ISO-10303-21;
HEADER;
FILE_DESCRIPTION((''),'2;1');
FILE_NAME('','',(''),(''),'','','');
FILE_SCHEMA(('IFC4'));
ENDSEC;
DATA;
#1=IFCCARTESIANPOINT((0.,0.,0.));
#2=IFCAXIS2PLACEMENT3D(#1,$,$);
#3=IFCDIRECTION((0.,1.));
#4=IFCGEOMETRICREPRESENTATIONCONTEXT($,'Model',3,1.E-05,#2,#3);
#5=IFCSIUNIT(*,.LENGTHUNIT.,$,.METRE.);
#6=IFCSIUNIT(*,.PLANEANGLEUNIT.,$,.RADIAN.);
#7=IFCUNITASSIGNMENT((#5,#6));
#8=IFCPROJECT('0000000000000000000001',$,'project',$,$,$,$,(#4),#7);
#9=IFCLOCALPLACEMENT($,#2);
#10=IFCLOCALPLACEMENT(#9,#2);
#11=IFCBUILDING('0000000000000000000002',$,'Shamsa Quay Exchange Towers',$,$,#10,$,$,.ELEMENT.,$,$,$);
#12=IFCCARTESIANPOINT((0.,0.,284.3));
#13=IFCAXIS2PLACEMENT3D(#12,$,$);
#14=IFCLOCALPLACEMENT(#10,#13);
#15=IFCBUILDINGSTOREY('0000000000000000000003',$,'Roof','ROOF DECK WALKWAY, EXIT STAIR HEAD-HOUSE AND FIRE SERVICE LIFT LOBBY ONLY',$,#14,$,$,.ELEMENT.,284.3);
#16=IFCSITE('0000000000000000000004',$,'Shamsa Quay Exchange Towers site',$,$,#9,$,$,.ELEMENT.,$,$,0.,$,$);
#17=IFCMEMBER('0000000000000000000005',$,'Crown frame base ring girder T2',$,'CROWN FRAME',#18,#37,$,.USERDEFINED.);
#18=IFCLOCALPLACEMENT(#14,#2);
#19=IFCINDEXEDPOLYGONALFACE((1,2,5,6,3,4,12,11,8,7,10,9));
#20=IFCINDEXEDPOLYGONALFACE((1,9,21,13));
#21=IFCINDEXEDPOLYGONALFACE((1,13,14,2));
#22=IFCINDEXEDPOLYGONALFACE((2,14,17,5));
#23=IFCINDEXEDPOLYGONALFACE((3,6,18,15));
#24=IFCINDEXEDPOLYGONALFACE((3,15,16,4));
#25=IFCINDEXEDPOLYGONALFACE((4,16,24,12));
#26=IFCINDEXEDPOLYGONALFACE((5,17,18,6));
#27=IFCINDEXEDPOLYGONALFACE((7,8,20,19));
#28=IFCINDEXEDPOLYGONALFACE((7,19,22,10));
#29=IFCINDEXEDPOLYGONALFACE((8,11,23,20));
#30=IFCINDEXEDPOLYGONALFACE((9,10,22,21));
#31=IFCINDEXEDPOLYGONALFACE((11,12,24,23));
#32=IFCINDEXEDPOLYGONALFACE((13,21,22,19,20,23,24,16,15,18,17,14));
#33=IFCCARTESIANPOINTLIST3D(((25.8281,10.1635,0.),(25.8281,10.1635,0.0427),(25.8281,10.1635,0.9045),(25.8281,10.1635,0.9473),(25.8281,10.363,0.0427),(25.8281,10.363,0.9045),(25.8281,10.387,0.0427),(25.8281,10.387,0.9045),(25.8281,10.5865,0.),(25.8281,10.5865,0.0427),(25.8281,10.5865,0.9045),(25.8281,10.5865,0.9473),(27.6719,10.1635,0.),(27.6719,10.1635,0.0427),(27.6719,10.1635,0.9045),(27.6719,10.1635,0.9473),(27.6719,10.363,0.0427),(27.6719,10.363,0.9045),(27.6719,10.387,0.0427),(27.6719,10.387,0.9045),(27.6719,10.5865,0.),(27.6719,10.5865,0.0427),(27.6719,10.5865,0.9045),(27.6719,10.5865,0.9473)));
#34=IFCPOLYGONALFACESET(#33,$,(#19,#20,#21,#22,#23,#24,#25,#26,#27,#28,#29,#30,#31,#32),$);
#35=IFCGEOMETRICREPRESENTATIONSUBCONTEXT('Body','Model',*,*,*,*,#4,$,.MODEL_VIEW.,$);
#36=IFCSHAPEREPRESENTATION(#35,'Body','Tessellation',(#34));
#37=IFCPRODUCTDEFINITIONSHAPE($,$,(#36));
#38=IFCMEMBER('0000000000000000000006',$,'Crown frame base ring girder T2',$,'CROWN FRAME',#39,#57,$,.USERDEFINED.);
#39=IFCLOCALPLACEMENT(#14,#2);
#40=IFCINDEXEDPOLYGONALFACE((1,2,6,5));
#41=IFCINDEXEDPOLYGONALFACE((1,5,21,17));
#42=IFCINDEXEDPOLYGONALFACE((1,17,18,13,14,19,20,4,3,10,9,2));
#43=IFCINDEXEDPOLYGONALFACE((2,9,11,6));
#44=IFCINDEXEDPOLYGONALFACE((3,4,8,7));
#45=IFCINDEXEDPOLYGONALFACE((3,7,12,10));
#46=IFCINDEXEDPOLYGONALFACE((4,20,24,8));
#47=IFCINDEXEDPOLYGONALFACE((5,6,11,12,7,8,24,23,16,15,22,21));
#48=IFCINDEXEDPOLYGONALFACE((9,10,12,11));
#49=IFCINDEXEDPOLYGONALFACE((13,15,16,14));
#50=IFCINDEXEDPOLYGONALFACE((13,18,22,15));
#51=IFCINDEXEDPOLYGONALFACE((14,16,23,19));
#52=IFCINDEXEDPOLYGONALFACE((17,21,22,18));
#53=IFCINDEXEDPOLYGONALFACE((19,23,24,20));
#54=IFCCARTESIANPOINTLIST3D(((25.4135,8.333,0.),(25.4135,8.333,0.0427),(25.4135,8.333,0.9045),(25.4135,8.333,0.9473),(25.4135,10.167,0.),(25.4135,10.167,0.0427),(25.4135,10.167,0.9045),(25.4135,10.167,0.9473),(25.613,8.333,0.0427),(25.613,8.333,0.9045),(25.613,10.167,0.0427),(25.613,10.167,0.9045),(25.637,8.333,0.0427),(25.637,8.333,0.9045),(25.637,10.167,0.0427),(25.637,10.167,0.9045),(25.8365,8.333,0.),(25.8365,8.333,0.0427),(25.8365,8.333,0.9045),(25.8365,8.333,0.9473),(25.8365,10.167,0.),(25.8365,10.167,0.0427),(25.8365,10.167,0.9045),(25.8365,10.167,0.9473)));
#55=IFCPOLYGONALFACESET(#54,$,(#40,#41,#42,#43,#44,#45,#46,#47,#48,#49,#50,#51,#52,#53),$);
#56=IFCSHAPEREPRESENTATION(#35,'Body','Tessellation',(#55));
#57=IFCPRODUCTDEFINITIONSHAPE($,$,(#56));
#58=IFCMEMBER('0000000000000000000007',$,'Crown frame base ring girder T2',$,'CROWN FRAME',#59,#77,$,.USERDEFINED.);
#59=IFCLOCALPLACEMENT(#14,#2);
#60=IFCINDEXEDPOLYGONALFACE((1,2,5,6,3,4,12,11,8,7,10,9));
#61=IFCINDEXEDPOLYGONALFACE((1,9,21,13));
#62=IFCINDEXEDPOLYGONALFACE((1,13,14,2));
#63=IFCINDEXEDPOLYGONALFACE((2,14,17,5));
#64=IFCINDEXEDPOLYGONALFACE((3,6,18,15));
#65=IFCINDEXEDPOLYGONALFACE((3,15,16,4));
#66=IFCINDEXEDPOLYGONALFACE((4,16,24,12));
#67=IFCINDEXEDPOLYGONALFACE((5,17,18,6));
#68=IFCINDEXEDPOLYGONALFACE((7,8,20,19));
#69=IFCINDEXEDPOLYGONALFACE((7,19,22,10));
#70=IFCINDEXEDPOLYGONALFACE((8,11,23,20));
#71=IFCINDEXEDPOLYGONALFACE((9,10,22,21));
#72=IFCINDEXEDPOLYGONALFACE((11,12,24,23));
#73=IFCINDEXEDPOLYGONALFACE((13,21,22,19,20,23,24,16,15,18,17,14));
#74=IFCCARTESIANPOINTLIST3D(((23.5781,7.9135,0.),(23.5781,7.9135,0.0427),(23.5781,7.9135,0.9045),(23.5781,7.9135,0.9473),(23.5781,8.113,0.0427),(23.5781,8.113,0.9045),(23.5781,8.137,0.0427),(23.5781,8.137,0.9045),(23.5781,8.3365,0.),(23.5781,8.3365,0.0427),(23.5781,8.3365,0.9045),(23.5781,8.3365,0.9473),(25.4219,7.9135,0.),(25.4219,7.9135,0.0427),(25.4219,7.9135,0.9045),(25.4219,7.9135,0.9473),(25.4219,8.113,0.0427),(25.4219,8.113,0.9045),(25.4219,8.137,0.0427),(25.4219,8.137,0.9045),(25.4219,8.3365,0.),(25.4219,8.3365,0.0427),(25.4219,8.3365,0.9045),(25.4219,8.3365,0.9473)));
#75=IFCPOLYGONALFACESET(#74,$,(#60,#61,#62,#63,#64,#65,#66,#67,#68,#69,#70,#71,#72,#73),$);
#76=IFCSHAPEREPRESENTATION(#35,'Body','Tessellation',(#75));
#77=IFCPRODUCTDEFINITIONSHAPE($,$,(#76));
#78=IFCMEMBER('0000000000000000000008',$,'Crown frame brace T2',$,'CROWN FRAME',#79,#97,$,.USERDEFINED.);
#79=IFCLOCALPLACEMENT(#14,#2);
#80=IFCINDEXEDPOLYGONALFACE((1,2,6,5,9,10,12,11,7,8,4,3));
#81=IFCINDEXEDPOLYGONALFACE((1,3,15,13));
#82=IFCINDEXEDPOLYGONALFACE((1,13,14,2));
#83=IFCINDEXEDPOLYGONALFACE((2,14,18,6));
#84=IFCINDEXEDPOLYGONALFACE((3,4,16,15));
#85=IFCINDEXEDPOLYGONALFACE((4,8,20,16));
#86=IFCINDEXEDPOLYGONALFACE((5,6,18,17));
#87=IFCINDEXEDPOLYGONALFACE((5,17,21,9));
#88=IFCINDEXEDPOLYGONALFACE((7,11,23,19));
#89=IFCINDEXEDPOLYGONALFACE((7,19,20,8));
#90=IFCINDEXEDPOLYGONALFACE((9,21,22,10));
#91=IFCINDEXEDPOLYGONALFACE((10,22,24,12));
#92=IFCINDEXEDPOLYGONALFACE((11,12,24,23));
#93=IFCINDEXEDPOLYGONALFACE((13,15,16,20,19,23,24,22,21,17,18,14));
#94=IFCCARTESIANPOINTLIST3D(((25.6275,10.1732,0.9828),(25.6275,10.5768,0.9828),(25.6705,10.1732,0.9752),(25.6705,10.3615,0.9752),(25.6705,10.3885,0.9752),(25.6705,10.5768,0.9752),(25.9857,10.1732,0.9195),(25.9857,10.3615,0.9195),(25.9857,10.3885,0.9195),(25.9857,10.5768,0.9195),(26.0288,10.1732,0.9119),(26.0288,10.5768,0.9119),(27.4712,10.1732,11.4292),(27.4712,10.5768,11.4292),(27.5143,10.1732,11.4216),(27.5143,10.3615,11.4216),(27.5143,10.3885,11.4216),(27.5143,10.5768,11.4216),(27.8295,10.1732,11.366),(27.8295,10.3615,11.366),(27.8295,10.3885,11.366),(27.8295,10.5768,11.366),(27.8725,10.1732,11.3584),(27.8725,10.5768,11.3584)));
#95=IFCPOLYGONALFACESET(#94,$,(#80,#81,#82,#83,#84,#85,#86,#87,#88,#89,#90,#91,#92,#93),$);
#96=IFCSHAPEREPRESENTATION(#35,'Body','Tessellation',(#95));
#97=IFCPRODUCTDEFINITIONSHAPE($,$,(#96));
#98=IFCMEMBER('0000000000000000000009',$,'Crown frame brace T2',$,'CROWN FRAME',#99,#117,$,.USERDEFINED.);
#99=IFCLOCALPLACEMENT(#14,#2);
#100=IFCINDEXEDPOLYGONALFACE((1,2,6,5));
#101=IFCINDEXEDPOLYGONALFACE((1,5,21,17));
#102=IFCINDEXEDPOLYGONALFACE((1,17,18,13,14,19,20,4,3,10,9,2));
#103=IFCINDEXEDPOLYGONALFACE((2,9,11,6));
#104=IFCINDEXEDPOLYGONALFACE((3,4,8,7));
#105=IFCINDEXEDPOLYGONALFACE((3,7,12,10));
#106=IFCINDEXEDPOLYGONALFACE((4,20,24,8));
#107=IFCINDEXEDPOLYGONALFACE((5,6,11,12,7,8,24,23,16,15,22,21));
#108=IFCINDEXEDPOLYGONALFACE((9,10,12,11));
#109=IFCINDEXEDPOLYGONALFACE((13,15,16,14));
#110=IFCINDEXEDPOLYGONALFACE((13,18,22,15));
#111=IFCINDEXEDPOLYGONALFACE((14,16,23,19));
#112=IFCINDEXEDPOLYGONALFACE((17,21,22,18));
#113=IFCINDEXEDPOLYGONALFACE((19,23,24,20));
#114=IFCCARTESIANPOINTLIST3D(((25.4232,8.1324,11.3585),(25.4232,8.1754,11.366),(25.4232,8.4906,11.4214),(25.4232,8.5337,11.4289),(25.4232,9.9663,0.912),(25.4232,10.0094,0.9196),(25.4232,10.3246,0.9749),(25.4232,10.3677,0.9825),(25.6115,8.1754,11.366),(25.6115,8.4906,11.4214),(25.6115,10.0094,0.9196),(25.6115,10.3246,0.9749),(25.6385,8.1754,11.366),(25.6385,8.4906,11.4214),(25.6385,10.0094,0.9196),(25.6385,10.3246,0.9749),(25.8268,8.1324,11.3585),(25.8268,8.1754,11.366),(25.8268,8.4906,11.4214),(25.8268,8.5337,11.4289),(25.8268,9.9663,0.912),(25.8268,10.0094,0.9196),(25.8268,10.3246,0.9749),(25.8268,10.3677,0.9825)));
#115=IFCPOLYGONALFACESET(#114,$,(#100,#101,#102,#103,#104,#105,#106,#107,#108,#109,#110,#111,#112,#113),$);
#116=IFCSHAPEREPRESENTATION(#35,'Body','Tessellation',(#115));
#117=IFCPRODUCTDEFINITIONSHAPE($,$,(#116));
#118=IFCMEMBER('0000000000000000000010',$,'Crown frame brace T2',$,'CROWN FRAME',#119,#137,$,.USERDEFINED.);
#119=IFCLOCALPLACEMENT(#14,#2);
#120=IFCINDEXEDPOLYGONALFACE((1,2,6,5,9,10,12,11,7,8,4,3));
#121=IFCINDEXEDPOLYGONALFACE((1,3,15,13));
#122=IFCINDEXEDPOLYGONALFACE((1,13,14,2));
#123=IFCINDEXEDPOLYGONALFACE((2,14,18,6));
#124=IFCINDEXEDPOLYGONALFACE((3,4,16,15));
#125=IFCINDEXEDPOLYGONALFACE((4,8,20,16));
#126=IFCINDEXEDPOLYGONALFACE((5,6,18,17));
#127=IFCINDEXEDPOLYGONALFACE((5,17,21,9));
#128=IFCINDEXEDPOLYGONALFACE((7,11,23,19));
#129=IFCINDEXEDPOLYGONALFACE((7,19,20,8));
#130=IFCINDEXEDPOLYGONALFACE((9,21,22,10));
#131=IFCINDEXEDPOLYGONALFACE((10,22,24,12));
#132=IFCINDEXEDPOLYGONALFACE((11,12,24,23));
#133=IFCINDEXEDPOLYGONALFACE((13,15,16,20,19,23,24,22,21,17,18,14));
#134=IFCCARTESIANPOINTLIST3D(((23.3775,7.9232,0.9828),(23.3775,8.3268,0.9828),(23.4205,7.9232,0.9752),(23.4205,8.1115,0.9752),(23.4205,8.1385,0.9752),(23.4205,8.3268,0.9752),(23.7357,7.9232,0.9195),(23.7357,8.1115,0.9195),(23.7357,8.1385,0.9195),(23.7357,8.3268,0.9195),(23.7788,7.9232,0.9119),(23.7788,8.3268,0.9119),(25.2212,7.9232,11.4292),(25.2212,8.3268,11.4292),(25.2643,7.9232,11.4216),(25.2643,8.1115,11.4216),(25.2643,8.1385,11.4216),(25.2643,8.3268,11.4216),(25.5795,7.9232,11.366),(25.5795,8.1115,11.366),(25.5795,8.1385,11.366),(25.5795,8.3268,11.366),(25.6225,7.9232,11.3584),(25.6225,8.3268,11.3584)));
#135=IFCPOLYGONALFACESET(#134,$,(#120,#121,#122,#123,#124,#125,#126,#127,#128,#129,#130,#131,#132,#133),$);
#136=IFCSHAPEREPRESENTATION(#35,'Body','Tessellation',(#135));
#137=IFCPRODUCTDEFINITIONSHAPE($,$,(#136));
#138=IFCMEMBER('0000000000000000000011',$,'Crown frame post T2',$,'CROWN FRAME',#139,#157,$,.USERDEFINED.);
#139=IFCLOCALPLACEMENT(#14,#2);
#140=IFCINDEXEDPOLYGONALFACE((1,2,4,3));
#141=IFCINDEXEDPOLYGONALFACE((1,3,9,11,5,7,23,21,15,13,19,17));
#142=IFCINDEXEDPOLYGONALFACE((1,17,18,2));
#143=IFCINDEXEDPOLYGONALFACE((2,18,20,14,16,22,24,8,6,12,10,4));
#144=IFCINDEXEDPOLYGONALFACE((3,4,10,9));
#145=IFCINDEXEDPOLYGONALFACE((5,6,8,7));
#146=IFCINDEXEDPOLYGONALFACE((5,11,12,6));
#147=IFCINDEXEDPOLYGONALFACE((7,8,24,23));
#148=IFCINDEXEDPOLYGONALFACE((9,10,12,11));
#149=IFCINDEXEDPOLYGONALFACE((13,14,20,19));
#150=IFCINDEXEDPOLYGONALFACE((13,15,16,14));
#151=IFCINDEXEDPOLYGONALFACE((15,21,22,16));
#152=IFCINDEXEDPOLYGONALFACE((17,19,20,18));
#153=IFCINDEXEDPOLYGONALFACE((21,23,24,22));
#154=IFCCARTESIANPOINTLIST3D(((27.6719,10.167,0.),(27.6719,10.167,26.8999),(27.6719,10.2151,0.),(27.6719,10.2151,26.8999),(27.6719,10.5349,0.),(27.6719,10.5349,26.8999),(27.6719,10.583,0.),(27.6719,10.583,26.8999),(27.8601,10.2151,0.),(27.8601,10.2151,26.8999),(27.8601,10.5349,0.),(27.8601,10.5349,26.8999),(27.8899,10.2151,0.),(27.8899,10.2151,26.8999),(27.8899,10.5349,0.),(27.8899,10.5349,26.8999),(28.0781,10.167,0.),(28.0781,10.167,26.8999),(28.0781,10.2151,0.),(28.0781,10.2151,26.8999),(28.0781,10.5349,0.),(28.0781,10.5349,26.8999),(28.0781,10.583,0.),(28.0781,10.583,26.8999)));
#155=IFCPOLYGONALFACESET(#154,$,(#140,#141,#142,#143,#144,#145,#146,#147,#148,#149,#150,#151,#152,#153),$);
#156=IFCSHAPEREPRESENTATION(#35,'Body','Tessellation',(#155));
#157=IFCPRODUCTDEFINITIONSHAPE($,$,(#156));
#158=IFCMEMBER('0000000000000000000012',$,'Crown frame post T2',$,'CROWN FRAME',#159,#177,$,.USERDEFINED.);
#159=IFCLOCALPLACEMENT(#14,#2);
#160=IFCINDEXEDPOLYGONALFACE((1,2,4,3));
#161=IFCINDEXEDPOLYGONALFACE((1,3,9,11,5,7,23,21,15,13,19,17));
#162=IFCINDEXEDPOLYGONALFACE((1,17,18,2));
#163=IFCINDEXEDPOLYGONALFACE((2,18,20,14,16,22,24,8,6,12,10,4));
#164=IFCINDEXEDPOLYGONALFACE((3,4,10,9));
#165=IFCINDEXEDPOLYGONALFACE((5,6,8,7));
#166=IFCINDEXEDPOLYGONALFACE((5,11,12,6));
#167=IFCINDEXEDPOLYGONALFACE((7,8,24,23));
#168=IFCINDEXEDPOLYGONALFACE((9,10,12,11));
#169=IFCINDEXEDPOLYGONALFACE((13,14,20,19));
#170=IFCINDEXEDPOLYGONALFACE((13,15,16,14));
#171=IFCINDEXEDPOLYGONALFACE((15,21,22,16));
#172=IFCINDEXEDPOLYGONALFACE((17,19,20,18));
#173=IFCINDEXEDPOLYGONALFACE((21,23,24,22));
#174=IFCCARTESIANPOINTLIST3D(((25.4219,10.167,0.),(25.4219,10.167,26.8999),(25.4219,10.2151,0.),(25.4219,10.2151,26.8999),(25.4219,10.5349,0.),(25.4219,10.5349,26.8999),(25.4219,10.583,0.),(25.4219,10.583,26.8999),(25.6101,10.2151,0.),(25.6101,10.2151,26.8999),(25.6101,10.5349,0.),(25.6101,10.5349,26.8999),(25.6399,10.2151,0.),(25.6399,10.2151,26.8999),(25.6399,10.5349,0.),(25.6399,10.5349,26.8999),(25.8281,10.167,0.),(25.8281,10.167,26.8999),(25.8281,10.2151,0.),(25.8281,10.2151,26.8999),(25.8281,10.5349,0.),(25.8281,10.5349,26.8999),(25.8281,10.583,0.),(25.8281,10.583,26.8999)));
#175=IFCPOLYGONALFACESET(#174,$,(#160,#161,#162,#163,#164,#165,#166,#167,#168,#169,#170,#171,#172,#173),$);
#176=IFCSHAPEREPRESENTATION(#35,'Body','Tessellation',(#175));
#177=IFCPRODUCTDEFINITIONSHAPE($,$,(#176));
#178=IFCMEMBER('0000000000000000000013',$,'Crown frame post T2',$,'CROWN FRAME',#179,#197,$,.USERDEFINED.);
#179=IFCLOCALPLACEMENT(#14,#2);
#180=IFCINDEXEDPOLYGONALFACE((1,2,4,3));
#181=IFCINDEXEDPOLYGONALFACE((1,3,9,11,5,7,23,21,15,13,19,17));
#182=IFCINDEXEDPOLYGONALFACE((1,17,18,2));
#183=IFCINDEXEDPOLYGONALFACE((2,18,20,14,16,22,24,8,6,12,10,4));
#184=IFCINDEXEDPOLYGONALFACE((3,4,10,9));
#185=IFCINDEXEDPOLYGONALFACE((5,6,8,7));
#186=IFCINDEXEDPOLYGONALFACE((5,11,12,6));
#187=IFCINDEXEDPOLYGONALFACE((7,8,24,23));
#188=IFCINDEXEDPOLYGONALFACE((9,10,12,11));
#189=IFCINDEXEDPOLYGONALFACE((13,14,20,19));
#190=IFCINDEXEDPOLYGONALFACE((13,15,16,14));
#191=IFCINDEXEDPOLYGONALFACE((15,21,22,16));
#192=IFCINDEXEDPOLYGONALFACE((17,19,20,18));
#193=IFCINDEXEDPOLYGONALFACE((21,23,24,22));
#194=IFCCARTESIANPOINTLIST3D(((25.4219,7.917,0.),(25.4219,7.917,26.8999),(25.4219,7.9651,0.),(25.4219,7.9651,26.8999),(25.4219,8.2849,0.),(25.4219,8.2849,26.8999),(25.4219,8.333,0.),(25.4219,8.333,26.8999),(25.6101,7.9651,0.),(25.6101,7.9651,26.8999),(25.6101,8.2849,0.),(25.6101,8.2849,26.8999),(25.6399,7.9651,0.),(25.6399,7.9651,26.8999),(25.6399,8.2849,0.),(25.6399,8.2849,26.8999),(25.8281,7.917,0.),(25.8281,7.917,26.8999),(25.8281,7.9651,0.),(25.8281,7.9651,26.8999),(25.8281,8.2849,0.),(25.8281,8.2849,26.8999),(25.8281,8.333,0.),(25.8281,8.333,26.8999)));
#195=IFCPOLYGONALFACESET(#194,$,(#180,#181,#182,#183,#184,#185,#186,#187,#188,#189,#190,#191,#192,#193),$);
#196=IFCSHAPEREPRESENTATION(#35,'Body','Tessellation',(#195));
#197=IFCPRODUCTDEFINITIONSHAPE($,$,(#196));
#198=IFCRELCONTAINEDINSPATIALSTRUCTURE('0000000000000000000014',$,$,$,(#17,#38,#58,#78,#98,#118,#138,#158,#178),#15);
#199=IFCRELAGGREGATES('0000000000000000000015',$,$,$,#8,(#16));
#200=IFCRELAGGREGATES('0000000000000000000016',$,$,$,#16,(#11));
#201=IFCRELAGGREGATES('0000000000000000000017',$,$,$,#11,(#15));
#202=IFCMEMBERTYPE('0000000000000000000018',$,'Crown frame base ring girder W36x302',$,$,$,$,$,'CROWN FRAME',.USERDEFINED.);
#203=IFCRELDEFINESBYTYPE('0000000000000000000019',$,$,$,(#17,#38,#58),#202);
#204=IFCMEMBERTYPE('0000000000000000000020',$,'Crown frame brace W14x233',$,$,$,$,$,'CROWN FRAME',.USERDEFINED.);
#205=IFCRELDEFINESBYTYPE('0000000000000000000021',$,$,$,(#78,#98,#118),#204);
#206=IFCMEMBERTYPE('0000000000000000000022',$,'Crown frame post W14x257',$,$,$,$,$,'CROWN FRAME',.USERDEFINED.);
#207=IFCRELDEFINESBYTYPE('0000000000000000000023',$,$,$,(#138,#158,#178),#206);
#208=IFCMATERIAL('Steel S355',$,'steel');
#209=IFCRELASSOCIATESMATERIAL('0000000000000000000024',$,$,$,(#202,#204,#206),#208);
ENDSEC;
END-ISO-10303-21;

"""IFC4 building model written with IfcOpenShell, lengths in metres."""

from ifc_helpers import new_model, si_unit, direction, frame, origin, origin_2d, place, context, subcontext, project, spatial, i_section, extrude, material, material_profile, profile_set, type_object, element, save


model = new_model("IFC4")

# Units and contexts
model_context = context("Model", 3, precision=1e-05, world=origin(), true_north=direction((0.0, 1.0)))
body_context = subcontext(model_context, "Body", "Model", "MODEL_VIEW")
ifc_project = project(units=[si_unit("LENGTHUNIT", "METRE"), si_unit("PLANEANGLEUNIT", "RADIAN")], contexts=[model_context])

# Site, building, storey
site_placement = place(None, origin())
site = spatial("IfcSite", under=ifc_project, at=site_placement, Name="Shamsa Quay Exchange Towers site", CompositionType="ELEMENT", RefElevation=0.0)
building_placement = place(site_placement, origin())
building = spatial("IfcBuilding", under=site, at=building_placement, Name="Shamsa Quay Exchange Towers", CompositionType="ELEMENT")
storey_placement = place(building_placement, frame((0.0, 0.0, 284.3)))
storey = spatial("IfcBuildingStorey", under=building, at=storey_placement, Name="Roof", Description="ROOF DECK WALKWAY, EXIT STAIR HEAD-HOUSE AND FIRE SERVICE LIFT LOBBY ONLY", CompositionType="ELEMENT", Elevation=284.3)

# Members
ifc_material_1 = material(Name="Steel S355", Category="steel")
ifc_material_profile_1 = material_profile(ifc_material_1, i_section(OverallWidth=0.4231, OverallDepth=0.9473, WebThickness=0.0239, FlangeThickness=0.0427, at=origin_2d()), Name="W36x302")
ifc_profile_set_1 = profile_set([ifc_material_profile_1], Name="Steel S355")
member_type_1 = type_object("IfcMemberType", Name="Crown frame base ring girder W36x302", ElementType="CROWN FRAME", PredefinedType="USERDEFINED", material=ifc_profile_set_1)
member_1_placement = place(storey_placement, frame((27.6719, 10.375, 0.4736), z_axis=(-1.0, 0.0, 0.0), x_axis=(0.0, -1.0, 0.0)))
element("IfcMember", 1, at=member_1_placement, inside=storey, type_object=member_type_1, Name="Crown frame base ring girder T2", ObjectType="CROWN FRAME", PredefinedType="USERDEFINED", context=body_context, shape_type="SweptSolid", body=[
    extrude(i_section(OverallWidth=0.4231, OverallDepth=0.9473, WebThickness=0.0239, FlangeThickness=0.0427, at=origin_2d()), origin(), (0.0, 0.0, 1.0), 1.8438),
])
member_2_placement = place(storey_placement, frame((25.625, 10.167, 0.4736), z_axis=(0.0, -1.0, 0.0), x_axis=(1.0, 0.0, 0.0)))
element("IfcMember", 2, at=member_2_placement, inside=storey, type_object=member_type_1, Name="Crown frame base ring girder T2", ObjectType="CROWN FRAME", PredefinedType="USERDEFINED", context=body_context, shape_type="SweptSolid", body=[
    extrude(i_section(OverallWidth=0.4231, OverallDepth=0.9473, WebThickness=0.0239, FlangeThickness=0.0427, at=origin_2d()), origin(), (0.0, 0.0, 1.0), 1.834),
])
member_3_placement = place(storey_placement, frame((25.4219, 8.125, 0.4736), z_axis=(-1.0, 0.0, 0.0), x_axis=(0.0, -1.0, 0.0)))
element("IfcMember", 3, at=member_3_placement, inside=storey, type_object=member_type_1, Name="Crown frame base ring girder T2", ObjectType="CROWN FRAME", PredefinedType="USERDEFINED", context=body_context, shape_type="SweptSolid", body=[
    extrude(i_section(OverallWidth=0.4231, OverallDepth=0.9473, WebThickness=0.0239, FlangeThickness=0.0427, at=origin_2d()), origin(), (0.0, 0.0, 1.0), 1.8438),
])
ifc_material_profile_2 = material_profile(ifc_material_1, i_section(OverallWidth=0.4036, OverallDepth=0.4075, WebThickness=0.0271, FlangeThickness=0.0437, at=origin_2d()), Name="W14x233")
ifc_profile_set_2 = profile_set([ifc_material_profile_2], Name="Steel S355")
member_type_2 = type_object("IfcMemberType", Name="Crown frame brace W14x233", ElementType="CROWN FRAME", PredefinedType="USERDEFINED", material=ifc_profile_set_2)
member_4_placement = place(storey_placement, frame((27.6719, 10.375, 11.3938), z_axis=(-0.173808, 0.0, -0.98478), x_axis=(0.0, -1.0, 0.0)))
element("IfcMember", 4, at=member_4_placement, inside=storey, type_object=member_type_2, Name="Crown frame brace T2", ObjectType="CROWN FRAME", PredefinedType="USERDEFINED", context=body_context, shape_type="SweptSolid", body=[
    extrude(i_section(OverallWidth=0.4036, OverallDepth=0.4075, WebThickness=0.0271, FlangeThickness=0.0437, at=origin_2d()), origin(), (0.0, 0.0, 1.0), 10.6079),
])
member_5_placement = place(storey_placement, frame((25.625, 10.167, 0.9473), z_axis=(0.0, -0.172915, 0.984937), x_axis=(1.0, 0.0, 0.0)))
element("IfcMember", 5, at=member_5_placement, inside=storey, type_object=member_type_2, Name="Crown frame brace T2", ObjectType="CROWN FRAME", PredefinedType="USERDEFINED", context=body_context, shape_type="SweptSolid", body=[
    extrude(i_section(OverallWidth=0.4036, OverallDepth=0.4075, WebThickness=0.0271, FlangeThickness=0.0437, at=origin_2d()), origin(), (0.0, 0.0, 1.0), 10.6062),
])
member_6_placement = place(storey_placement, frame((25.4219, 8.125, 11.3938), z_axis=(-0.173808, 0.0, -0.98478), x_axis=(0.0, -1.0, 0.0)))
element("IfcMember", 6, at=member_6_placement, inside=storey, type_object=member_type_2, Name="Crown frame brace T2", ObjectType="CROWN FRAME", PredefinedType="USERDEFINED", context=body_context, shape_type="SweptSolid", body=[
    extrude(i_section(OverallWidth=0.4036, OverallDepth=0.4075, WebThickness=0.0271, FlangeThickness=0.0437, at=origin_2d()), origin(), (0.0, 0.0, 1.0), 10.6079),
])
ifc_material_profile_3 = material_profile(ifc_material_1, i_section(OverallWidth=0.4062, OverallDepth=0.416, WebThickness=0.0298, FlangeThickness=0.0481, at=origin_2d()), Name="W14x257")
ifc_profile_set_3 = profile_set([ifc_material_profile_3], Name="Steel S355")
member_type_3 = type_object("IfcMemberType", Name="Crown frame post W14x257", ElementType="CROWN FRAME", PredefinedType="USERDEFINED", material=ifc_profile_set_3)
for number, where, name in (
    (7, (27.875, 10.375, 0.0), "Crown frame post T2"),
    (8, (25.625, 10.375, 0.0), "Crown frame post T2"),
    (9, (25.625, 8.125, 0.0), "Crown frame post T2"),
):
    element("IfcMember", number, at=place(storey_placement, frame(where)), inside=storey, type_object=member_type_3, Name=name, ObjectType="CROWN FRAME", PredefinedType="USERDEFINED", context=body_context, shape_type="SweptSolid", body=[
        extrude(i_section(OverallWidth=0.4062, OverallDepth=0.416, WebThickness=0.0298, FlangeThickness=0.0481, at=origin_2d()), origin(), (0.0, 0.0, 1.0), 26.8999),
    ])

save(model, "model.ifc")
